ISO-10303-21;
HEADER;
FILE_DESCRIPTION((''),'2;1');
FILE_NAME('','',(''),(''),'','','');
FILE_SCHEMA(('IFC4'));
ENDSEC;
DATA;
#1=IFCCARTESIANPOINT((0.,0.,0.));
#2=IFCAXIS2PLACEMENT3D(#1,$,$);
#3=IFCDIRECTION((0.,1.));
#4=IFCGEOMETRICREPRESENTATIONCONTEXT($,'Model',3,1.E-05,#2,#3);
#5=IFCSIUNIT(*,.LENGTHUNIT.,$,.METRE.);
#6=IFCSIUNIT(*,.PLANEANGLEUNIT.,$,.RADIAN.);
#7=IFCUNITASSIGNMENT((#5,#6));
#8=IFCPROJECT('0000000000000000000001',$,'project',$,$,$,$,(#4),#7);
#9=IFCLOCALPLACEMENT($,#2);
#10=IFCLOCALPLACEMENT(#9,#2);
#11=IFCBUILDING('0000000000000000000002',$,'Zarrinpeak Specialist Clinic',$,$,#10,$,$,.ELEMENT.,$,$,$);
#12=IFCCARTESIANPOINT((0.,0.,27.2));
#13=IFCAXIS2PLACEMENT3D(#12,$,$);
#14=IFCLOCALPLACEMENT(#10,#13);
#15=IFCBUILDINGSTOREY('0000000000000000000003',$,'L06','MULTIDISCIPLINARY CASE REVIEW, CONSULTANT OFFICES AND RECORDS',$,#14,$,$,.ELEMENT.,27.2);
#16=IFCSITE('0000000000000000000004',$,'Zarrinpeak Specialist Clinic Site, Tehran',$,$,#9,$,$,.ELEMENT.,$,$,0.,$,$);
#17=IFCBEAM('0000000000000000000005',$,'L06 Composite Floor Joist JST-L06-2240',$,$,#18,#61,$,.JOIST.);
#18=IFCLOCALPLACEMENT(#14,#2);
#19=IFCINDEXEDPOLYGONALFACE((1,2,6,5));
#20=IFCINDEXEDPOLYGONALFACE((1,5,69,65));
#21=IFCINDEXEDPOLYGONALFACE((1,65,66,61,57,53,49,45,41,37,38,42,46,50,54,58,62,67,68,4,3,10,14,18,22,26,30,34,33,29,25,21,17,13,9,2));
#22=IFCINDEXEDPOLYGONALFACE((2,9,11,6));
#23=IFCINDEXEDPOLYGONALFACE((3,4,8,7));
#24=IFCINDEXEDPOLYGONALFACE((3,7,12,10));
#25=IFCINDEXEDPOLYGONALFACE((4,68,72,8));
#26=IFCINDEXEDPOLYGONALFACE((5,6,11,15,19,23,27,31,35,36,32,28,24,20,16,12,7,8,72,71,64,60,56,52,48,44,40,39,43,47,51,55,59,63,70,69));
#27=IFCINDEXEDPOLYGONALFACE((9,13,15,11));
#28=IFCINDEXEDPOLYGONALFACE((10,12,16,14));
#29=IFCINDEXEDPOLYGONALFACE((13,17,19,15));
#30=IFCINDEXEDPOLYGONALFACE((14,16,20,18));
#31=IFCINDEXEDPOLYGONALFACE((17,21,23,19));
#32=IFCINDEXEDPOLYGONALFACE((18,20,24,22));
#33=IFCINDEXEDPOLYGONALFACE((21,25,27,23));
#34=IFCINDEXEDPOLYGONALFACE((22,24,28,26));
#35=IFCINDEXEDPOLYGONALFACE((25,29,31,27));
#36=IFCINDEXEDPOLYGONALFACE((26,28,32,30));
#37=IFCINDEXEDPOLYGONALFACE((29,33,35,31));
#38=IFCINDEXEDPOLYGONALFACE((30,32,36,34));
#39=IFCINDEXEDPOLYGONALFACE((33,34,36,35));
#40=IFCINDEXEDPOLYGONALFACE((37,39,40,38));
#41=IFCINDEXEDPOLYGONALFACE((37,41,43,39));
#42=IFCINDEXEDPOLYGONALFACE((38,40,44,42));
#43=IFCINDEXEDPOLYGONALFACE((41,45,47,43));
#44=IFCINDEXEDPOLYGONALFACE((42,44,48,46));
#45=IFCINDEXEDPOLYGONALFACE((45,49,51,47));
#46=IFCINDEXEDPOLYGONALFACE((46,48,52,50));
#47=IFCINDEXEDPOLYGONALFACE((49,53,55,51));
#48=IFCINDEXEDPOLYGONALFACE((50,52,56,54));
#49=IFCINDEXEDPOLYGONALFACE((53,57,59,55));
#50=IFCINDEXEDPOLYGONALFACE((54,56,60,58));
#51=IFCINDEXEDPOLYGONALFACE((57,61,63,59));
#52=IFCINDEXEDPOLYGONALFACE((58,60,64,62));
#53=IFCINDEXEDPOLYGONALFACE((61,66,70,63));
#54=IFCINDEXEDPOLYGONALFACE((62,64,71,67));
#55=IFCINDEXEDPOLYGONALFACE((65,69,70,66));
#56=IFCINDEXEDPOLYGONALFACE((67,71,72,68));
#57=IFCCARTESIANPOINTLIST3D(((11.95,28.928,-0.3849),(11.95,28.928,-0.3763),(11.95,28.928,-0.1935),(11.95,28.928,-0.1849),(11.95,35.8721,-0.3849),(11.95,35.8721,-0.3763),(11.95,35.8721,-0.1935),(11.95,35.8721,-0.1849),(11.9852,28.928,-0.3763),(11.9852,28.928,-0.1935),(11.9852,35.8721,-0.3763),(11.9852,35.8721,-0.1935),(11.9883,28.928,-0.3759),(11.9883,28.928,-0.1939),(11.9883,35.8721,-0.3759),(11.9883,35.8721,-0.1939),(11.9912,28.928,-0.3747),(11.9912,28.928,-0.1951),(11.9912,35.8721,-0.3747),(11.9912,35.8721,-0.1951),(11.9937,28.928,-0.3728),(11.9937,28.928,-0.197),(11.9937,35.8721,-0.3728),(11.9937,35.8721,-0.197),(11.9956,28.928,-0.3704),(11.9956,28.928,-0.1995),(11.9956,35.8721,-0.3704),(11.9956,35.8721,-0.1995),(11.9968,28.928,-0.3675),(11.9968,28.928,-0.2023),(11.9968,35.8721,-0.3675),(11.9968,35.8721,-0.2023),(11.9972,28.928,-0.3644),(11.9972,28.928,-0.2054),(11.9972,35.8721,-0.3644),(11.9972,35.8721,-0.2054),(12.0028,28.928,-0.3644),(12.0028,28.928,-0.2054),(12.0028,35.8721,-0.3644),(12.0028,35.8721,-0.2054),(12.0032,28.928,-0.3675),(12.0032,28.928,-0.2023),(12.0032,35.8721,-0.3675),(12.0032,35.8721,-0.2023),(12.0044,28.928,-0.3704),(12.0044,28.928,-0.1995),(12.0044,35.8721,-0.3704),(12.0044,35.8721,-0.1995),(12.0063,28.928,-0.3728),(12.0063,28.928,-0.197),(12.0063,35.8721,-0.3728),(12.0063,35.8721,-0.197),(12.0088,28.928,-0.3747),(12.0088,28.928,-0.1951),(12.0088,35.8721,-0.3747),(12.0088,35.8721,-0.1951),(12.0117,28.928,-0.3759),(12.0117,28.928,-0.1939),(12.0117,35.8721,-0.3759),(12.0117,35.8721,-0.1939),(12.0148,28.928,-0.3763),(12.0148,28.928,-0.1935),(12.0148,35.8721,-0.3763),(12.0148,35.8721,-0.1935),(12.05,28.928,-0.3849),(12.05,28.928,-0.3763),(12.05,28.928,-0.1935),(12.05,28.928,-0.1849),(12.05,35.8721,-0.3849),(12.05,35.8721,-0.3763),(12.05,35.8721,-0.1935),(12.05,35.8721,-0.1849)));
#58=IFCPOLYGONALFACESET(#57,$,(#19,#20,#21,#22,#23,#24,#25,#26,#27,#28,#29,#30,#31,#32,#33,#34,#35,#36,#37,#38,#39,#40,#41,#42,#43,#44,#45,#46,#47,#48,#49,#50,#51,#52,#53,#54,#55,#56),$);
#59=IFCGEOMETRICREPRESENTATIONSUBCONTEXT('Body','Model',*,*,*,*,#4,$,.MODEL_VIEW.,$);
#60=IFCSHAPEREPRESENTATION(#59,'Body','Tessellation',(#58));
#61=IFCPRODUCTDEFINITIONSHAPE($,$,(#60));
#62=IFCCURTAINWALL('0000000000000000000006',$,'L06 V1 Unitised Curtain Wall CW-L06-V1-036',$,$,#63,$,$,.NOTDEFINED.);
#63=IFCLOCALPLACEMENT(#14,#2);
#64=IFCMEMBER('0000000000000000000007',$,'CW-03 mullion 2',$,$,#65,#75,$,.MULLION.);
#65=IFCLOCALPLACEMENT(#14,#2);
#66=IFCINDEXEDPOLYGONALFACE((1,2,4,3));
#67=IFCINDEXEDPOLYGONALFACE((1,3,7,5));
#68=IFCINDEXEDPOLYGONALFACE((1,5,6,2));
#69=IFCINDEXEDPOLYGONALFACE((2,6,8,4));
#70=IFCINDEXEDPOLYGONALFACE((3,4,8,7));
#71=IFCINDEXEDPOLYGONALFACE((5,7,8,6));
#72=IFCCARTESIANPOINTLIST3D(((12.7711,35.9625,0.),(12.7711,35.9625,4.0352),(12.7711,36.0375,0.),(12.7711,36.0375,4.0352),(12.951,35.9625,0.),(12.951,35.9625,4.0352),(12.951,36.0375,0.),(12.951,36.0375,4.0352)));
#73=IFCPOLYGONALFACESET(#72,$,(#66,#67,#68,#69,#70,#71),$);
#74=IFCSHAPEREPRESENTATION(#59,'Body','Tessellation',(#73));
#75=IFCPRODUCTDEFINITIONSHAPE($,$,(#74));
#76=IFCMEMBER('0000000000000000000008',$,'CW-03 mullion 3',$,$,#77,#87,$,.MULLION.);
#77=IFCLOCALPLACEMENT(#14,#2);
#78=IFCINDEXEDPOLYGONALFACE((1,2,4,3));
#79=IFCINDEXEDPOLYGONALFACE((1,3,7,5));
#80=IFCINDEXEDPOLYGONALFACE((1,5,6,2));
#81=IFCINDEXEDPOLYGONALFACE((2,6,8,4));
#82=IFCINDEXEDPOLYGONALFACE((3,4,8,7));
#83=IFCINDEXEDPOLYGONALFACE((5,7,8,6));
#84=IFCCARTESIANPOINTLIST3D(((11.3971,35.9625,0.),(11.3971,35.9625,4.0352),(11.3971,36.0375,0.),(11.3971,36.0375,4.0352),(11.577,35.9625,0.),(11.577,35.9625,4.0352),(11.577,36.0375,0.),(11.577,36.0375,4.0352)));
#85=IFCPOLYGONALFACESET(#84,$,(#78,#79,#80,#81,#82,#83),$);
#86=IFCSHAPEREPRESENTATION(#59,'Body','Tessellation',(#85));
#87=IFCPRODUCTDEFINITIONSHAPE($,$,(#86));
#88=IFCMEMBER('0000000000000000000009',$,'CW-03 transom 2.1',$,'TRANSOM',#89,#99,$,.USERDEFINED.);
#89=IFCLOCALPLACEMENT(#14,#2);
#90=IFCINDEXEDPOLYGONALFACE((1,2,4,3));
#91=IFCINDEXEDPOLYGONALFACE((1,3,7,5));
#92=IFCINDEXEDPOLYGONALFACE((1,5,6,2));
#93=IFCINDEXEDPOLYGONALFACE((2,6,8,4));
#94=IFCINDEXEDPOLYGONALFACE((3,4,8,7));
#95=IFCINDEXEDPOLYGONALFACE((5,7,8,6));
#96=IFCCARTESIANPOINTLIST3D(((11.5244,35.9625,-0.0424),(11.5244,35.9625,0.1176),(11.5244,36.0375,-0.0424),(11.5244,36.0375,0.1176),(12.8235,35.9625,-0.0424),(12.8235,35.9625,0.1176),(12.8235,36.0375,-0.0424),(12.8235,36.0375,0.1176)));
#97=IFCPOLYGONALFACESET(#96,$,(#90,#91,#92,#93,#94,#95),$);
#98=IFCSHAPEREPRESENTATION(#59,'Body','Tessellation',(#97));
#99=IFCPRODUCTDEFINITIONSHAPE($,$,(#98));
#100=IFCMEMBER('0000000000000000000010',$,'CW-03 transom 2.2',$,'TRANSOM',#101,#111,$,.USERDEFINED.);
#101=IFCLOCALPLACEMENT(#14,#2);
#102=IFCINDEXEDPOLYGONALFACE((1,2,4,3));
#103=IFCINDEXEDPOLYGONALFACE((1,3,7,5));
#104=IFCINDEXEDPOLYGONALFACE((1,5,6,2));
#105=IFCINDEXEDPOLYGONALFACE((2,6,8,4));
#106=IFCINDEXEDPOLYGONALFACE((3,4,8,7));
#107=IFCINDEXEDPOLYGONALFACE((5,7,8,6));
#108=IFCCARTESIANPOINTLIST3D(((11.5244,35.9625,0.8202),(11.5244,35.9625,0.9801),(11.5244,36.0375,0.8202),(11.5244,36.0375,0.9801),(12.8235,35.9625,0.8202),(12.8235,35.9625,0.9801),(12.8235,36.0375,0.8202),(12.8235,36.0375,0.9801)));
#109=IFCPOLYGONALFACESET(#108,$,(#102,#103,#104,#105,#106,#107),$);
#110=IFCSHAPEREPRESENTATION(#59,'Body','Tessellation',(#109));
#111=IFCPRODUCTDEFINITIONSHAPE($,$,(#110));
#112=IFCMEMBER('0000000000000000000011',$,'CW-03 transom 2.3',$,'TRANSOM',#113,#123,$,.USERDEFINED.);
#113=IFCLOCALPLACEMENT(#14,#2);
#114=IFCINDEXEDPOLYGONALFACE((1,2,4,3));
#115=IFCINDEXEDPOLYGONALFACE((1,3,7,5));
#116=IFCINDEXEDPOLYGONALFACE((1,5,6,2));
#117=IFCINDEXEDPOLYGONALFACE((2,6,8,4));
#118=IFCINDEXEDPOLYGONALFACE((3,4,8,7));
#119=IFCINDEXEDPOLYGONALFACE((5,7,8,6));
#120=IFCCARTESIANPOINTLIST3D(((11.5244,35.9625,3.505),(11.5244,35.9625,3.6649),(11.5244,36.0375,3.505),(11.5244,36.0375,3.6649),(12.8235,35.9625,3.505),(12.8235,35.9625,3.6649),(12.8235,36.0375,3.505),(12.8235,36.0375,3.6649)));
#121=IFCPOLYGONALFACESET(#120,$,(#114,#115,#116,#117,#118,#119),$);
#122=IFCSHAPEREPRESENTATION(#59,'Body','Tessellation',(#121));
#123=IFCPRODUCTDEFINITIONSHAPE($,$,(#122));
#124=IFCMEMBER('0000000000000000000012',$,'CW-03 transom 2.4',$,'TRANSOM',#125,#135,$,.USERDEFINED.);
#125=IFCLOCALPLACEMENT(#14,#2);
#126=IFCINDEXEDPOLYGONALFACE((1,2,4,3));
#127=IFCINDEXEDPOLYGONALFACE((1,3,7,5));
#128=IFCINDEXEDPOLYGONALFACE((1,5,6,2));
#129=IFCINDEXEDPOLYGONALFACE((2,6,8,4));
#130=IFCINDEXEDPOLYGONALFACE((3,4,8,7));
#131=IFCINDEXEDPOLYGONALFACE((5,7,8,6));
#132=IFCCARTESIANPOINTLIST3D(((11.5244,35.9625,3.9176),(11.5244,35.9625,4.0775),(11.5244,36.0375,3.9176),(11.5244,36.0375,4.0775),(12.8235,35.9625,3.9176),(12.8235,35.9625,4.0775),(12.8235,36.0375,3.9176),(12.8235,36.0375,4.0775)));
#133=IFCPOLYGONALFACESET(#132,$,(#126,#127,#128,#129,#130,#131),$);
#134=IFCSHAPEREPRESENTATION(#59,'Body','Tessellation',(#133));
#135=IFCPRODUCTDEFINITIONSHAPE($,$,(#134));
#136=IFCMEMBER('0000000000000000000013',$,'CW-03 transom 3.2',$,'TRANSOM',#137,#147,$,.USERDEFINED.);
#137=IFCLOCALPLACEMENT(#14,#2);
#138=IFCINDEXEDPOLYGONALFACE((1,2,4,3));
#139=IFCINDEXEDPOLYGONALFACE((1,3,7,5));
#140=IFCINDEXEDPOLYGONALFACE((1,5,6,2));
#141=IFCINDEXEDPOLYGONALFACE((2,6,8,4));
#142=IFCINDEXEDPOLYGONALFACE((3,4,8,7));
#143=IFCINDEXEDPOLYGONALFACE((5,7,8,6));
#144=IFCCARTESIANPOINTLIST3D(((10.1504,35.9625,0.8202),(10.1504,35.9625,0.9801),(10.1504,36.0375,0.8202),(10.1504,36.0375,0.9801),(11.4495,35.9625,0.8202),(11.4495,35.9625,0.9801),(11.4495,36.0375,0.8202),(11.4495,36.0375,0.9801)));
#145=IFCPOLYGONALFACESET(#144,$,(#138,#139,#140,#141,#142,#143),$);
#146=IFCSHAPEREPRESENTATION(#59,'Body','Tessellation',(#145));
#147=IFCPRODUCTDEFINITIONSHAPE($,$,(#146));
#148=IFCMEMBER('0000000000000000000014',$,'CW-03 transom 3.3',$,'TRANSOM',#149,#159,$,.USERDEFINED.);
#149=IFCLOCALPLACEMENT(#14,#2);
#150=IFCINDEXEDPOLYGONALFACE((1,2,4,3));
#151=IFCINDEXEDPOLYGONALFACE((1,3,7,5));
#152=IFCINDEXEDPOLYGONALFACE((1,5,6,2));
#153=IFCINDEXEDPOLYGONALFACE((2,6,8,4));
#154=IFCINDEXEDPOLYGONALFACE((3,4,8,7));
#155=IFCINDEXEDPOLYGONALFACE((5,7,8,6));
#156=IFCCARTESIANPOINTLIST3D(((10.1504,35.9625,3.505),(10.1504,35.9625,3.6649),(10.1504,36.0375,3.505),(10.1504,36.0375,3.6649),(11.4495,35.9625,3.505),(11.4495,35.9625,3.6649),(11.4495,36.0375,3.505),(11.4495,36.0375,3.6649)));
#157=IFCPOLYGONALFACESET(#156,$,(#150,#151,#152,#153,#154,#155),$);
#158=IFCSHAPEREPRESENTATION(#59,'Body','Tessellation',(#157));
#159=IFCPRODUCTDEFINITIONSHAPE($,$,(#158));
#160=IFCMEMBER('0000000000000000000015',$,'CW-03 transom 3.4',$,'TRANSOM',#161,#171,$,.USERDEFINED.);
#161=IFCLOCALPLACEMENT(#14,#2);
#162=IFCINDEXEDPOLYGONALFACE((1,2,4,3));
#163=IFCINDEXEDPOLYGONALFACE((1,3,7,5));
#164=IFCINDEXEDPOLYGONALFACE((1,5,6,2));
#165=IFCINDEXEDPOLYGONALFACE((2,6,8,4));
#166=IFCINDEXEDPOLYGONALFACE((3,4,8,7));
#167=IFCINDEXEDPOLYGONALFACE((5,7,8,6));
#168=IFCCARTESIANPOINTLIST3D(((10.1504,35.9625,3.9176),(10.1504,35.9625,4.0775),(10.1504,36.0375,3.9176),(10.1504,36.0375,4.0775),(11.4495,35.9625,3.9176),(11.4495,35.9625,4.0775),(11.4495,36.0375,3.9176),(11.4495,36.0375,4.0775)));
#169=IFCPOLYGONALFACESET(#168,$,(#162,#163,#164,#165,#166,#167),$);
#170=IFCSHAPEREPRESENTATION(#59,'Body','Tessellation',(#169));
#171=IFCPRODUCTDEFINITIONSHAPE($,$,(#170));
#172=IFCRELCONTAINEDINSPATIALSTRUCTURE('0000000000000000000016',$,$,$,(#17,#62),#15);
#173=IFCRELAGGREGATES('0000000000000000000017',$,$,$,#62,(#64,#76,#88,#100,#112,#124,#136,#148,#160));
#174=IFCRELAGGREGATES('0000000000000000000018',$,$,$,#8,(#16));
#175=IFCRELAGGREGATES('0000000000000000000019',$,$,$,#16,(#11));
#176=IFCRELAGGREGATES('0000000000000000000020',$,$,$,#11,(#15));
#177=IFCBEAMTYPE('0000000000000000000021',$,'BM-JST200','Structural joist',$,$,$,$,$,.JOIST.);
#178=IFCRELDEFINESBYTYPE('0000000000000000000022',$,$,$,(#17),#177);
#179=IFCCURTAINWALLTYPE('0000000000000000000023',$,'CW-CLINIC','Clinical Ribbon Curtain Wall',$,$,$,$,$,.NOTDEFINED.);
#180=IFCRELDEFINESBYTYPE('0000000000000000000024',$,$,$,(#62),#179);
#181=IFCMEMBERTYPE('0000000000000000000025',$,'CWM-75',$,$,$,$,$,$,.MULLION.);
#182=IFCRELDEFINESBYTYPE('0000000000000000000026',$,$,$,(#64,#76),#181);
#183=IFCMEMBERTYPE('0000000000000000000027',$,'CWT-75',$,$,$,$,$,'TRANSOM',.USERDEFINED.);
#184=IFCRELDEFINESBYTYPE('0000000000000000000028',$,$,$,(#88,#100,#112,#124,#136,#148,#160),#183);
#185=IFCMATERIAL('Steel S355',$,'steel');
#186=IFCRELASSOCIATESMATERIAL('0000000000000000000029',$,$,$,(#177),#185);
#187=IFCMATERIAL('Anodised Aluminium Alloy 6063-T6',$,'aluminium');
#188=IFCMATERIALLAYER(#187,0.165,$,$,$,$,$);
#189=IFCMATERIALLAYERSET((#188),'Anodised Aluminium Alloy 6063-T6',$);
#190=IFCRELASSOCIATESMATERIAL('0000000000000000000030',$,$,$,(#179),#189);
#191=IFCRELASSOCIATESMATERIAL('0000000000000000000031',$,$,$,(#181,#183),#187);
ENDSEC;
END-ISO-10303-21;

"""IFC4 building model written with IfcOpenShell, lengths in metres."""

from ifc_helpers import new_model, si_unit, direction, frame, origin, origin_2d, place, context, subcontext, project, spatial, rectangle, i_section, extrude, material, layer, layer_set, material_profile, profile_set, type_object, element, aggregate, save


model = new_model("IFC4")

# Units and contexts
model_context = context("Model", 3, precision=1e-05, world=origin(), true_north=direction((0.0, 1.0)))
body_context = subcontext(model_context, "Body", "Model", "MODEL_VIEW")
ifc_project = project(units=[si_unit("LENGTHUNIT", "METRE"), si_unit("PLANEANGLEUNIT", "RADIAN")], contexts=[model_context])

# Site, building, storey
site_placement = place(None, origin())
site = spatial("IfcSite", under=ifc_project, at=site_placement, Name="Zarrinpeak Specialist Clinic Site, Tehran", CompositionType="ELEMENT", RefElevation=0.0)
building_placement = place(site_placement, origin())
building = spatial("IfcBuilding", under=site, at=building_placement, Name="Zarrinpeak Specialist Clinic", CompositionType="ELEMENT")
storey_placement = place(building_placement, frame((0.0, 0.0, 27.2)))
storey = spatial("IfcBuildingStorey", under=building, at=storey_placement, Name="L06", Description="MULTIDISCIPLINARY CASE REVIEW, CONSULTANT OFFICES AND RECORDS", CompositionType="ELEMENT", Elevation=27.2)

# Shared definitions
ifc_material_1 = material(Name="Steel S355", Category="steel")

# Beam
ifc_material_profile_1 = material_profile(ifc_material_1, i_section(OverallWidth=0.1001, OverallDepth=0.2, WebThickness=0.0056, FlangeThickness=0.0085, FilletRadius=0.012, at=origin_2d()), Name="IPE 200")
ifc_profile_set_1 = profile_set([ifc_material_profile_1], Name="Steel S355")
beam_type_1 = type_object("IfcBeamType", Name="BM-JST200", Description="Structural joist", PredefinedType="JOIST", material=ifc_profile_set_1)
beam_1_placement = place(storey_placement, frame((12.0, 28.928, -0.2849), z_axis=(0.0, 1.0, 0.0), x_axis=(-1.0, 0.0, 0.0)))
element("IfcBeam", 1, at=beam_1_placement, inside=storey, type_object=beam_type_1, Name="L06 Composite Floor Joist JST-L06-2240", PredefinedType="JOIST", context=body_context, shape_type="SweptSolid", body=[
    extrude(i_section(OverallWidth=0.1001, OverallDepth=0.2, WebThickness=0.0056, FlangeThickness=0.0085, FilletRadius=0.012, at=origin_2d()), origin(), (0.0, 0.0, 1.0), 6.9441),
])

# Curtain wall, members
ifc_material_2 = material(Name="Anodised Aluminium Alloy 6063-T6", Category="aluminium")
ifc_layer_1 = layer(ifc_material_2, 0.165)
ifc_layer_set_1 = layer_set([ifc_layer_1], Name="Anodised Aluminium Alloy 6063-T6")
curtain_wall_type = type_object("IfcCurtainWallType", Name="CW-CLINIC", Description="Clinical Ribbon Curtain Wall", PredefinedType="NOTDEFINED", material=ifc_layer_set_1)
curtain_wall_placement = place(storey_placement, origin())
curtain_wall = element("IfcCurtainWall", 2, at=curtain_wall_placement, inside=storey, type_object=curtain_wall_type, Name="L06 V1 Unitised Curtain Wall CW-L06-V1-036", PredefinedType="NOTDEFINED")
ifc_material_profile_2 = material_profile(ifc_material_2, rectangle(XDim=0.075, YDim=0.1799, at=origin_2d()), Name="ALU 75x180")
ifc_profile_set_2 = profile_set([ifc_material_profile_2], Name="Anodised Aluminium Alloy 6063-T6")
member_type_1 = type_object("IfcMemberType", Name="CWM-75", PredefinedType="MULLION", material=ifc_profile_set_2)
member_1_placement = place(storey_placement, frame((12.8611, 36.0, 0.0), z_axis=(0.0, 0.0, 1.0), x_axis=(0.0, -1.0, 0.0)))
member_1 = element("IfcMember", 3, at=member_1_placement, type_object=member_type_1, Name="CW-03 mullion 2", PredefinedType="MULLION", context=body_context, shape_type="SweptSolid", body=[
    extrude(rectangle(XDim=0.075, YDim=0.1799, at=origin_2d()), origin(), (0.0, 0.0, 1.0), 4.0352),
])
member_2_placement = place(storey_placement, frame((11.4871, 36.0, 0.0), z_axis=(0.0, 0.0, 1.0), x_axis=(0.0, -1.0, 0.0)))
member_2 = element("IfcMember", 4, at=member_2_placement, type_object=member_type_1, Name="CW-03 mullion 3", PredefinedType="MULLION", context=body_context, shape_type="SweptSolid", body=[
    extrude(rectangle(XDim=0.075, YDim=0.1799, at=origin_2d()), origin(), (0.0, 0.0, 1.0), 4.0352),
])
ifc_material_profile_3 = material_profile(ifc_material_2, rectangle(XDim=0.075, YDim=0.1599, at=origin_2d()), Name="ALU 75x160")
ifc_profile_set_3 = profile_set([ifc_material_profile_3], Name="Anodised Aluminium Alloy 6063-T6")
member_type_2 = type_object("IfcMemberType", Name="CWT-75", ElementType="TRANSOM", PredefinedType="USERDEFINED", material=ifc_profile_set_3)
member_3_placement = place(storey_placement, frame((12.8235, 36.0, 0.0376), z_axis=(-1.0, 0.0, 0.0), x_axis=(0.0, -1.0, 0.0)))
member_3 = element("IfcMember", 5, at=member_3_placement, type_object=member_type_2, Name="CW-03 transom 2.1", ObjectType="TRANSOM", PredefinedType="USERDEFINED", context=body_context, shape_type="SweptSolid", body=[
    extrude(rectangle(XDim=0.075, YDim=0.1599, at=origin_2d()), origin(), (0.0, 0.0, 1.0), 1.2991),
])
member_4_placement = place(storey_placement, frame((12.8235, 36.0, 0.9001), z_axis=(-1.0, 0.0, 0.0), x_axis=(0.0, -1.0, 0.0)))
member_4 = element("IfcMember", 6, at=member_4_placement, type_object=member_type_2, Name="CW-03 transom 2.2", ObjectType="TRANSOM", PredefinedType="USERDEFINED", context=body_context, shape_type="SweptSolid", body=[
    extrude(rectangle(XDim=0.075, YDim=0.1599, at=origin_2d()), origin(), (0.0, 0.0, 1.0), 1.2991),
])
member_5_placement = place(storey_placement, frame((12.8235, 36.0, 3.585), z_axis=(-1.0, 0.0, 0.0), x_axis=(0.0, -1.0, 0.0)))
member_5 = element("IfcMember", 7, at=member_5_placement, type_object=member_type_2, Name="CW-03 transom 2.3", ObjectType="TRANSOM", PredefinedType="USERDEFINED", context=body_context, shape_type="SweptSolid", body=[
    extrude(rectangle(XDim=0.075, YDim=0.1599, at=origin_2d()), origin(), (0.0, 0.0, 1.0), 1.2991),
])
member_6_placement = place(storey_placement, frame((12.8235, 36.0, 3.9976), z_axis=(-1.0, 0.0, 0.0), x_axis=(0.0, -1.0, 0.0)))
member_6 = element("IfcMember", 8, at=member_6_placement, type_object=member_type_2, Name="CW-03 transom 2.4", ObjectType="TRANSOM", PredefinedType="USERDEFINED", context=body_context, shape_type="SweptSolid", body=[
    extrude(rectangle(XDim=0.075, YDim=0.1599, at=origin_2d()), origin(), (0.0, 0.0, 1.0), 1.2991),
])
member_7_placement = place(storey_placement, frame((11.4495, 36.0, 0.9001), z_axis=(-1.0, 0.0, 0.0), x_axis=(0.0, -1.0, 0.0)))
member_7 = element("IfcMember", 9, at=member_7_placement, type_object=member_type_2, Name="CW-03 transom 3.2", ObjectType="TRANSOM", PredefinedType="USERDEFINED", context=body_context, shape_type="SweptSolid", body=[
    extrude(rectangle(XDim=0.075, YDim=0.1599, at=origin_2d()), origin(), (0.0, 0.0, 1.0), 1.2991),
])
member_8_placement = place(storey_placement, frame((11.4495, 36.0, 3.585), z_axis=(-1.0, 0.0, 0.0), x_axis=(0.0, -1.0, 0.0)))
member_8 = element("IfcMember", 10, at=member_8_placement, type_object=member_type_2, Name="CW-03 transom 3.3", ObjectType="TRANSOM", PredefinedType="USERDEFINED", context=body_context, shape_type="SweptSolid", body=[
    extrude(rectangle(XDim=0.075, YDim=0.1599, at=origin_2d()), origin(), (0.0, 0.0, 1.0), 1.2991),
])
member_9_placement = place(storey_placement, frame((11.4495, 36.0, 3.9976), z_axis=(-1.0, 0.0, 0.0), x_axis=(0.0, -1.0, 0.0)))
member_9 = element("IfcMember", 11, at=member_9_placement, type_object=member_type_2, Name="CW-03 transom 3.4", ObjectType="TRANSOM", PredefinedType="USERDEFINED", context=body_context, shape_type="SweptSolid", body=[
    extrude(rectangle(XDim=0.075, YDim=0.1599, at=origin_2d()), origin(), (0.0, 0.0, 1.0), 1.2991),
])

aggregate(curtain_wall, [member_1, member_2, member_3, member_4, member_5, member_6, member_7, member_8, member_9])

save(model, "model.ifc")
